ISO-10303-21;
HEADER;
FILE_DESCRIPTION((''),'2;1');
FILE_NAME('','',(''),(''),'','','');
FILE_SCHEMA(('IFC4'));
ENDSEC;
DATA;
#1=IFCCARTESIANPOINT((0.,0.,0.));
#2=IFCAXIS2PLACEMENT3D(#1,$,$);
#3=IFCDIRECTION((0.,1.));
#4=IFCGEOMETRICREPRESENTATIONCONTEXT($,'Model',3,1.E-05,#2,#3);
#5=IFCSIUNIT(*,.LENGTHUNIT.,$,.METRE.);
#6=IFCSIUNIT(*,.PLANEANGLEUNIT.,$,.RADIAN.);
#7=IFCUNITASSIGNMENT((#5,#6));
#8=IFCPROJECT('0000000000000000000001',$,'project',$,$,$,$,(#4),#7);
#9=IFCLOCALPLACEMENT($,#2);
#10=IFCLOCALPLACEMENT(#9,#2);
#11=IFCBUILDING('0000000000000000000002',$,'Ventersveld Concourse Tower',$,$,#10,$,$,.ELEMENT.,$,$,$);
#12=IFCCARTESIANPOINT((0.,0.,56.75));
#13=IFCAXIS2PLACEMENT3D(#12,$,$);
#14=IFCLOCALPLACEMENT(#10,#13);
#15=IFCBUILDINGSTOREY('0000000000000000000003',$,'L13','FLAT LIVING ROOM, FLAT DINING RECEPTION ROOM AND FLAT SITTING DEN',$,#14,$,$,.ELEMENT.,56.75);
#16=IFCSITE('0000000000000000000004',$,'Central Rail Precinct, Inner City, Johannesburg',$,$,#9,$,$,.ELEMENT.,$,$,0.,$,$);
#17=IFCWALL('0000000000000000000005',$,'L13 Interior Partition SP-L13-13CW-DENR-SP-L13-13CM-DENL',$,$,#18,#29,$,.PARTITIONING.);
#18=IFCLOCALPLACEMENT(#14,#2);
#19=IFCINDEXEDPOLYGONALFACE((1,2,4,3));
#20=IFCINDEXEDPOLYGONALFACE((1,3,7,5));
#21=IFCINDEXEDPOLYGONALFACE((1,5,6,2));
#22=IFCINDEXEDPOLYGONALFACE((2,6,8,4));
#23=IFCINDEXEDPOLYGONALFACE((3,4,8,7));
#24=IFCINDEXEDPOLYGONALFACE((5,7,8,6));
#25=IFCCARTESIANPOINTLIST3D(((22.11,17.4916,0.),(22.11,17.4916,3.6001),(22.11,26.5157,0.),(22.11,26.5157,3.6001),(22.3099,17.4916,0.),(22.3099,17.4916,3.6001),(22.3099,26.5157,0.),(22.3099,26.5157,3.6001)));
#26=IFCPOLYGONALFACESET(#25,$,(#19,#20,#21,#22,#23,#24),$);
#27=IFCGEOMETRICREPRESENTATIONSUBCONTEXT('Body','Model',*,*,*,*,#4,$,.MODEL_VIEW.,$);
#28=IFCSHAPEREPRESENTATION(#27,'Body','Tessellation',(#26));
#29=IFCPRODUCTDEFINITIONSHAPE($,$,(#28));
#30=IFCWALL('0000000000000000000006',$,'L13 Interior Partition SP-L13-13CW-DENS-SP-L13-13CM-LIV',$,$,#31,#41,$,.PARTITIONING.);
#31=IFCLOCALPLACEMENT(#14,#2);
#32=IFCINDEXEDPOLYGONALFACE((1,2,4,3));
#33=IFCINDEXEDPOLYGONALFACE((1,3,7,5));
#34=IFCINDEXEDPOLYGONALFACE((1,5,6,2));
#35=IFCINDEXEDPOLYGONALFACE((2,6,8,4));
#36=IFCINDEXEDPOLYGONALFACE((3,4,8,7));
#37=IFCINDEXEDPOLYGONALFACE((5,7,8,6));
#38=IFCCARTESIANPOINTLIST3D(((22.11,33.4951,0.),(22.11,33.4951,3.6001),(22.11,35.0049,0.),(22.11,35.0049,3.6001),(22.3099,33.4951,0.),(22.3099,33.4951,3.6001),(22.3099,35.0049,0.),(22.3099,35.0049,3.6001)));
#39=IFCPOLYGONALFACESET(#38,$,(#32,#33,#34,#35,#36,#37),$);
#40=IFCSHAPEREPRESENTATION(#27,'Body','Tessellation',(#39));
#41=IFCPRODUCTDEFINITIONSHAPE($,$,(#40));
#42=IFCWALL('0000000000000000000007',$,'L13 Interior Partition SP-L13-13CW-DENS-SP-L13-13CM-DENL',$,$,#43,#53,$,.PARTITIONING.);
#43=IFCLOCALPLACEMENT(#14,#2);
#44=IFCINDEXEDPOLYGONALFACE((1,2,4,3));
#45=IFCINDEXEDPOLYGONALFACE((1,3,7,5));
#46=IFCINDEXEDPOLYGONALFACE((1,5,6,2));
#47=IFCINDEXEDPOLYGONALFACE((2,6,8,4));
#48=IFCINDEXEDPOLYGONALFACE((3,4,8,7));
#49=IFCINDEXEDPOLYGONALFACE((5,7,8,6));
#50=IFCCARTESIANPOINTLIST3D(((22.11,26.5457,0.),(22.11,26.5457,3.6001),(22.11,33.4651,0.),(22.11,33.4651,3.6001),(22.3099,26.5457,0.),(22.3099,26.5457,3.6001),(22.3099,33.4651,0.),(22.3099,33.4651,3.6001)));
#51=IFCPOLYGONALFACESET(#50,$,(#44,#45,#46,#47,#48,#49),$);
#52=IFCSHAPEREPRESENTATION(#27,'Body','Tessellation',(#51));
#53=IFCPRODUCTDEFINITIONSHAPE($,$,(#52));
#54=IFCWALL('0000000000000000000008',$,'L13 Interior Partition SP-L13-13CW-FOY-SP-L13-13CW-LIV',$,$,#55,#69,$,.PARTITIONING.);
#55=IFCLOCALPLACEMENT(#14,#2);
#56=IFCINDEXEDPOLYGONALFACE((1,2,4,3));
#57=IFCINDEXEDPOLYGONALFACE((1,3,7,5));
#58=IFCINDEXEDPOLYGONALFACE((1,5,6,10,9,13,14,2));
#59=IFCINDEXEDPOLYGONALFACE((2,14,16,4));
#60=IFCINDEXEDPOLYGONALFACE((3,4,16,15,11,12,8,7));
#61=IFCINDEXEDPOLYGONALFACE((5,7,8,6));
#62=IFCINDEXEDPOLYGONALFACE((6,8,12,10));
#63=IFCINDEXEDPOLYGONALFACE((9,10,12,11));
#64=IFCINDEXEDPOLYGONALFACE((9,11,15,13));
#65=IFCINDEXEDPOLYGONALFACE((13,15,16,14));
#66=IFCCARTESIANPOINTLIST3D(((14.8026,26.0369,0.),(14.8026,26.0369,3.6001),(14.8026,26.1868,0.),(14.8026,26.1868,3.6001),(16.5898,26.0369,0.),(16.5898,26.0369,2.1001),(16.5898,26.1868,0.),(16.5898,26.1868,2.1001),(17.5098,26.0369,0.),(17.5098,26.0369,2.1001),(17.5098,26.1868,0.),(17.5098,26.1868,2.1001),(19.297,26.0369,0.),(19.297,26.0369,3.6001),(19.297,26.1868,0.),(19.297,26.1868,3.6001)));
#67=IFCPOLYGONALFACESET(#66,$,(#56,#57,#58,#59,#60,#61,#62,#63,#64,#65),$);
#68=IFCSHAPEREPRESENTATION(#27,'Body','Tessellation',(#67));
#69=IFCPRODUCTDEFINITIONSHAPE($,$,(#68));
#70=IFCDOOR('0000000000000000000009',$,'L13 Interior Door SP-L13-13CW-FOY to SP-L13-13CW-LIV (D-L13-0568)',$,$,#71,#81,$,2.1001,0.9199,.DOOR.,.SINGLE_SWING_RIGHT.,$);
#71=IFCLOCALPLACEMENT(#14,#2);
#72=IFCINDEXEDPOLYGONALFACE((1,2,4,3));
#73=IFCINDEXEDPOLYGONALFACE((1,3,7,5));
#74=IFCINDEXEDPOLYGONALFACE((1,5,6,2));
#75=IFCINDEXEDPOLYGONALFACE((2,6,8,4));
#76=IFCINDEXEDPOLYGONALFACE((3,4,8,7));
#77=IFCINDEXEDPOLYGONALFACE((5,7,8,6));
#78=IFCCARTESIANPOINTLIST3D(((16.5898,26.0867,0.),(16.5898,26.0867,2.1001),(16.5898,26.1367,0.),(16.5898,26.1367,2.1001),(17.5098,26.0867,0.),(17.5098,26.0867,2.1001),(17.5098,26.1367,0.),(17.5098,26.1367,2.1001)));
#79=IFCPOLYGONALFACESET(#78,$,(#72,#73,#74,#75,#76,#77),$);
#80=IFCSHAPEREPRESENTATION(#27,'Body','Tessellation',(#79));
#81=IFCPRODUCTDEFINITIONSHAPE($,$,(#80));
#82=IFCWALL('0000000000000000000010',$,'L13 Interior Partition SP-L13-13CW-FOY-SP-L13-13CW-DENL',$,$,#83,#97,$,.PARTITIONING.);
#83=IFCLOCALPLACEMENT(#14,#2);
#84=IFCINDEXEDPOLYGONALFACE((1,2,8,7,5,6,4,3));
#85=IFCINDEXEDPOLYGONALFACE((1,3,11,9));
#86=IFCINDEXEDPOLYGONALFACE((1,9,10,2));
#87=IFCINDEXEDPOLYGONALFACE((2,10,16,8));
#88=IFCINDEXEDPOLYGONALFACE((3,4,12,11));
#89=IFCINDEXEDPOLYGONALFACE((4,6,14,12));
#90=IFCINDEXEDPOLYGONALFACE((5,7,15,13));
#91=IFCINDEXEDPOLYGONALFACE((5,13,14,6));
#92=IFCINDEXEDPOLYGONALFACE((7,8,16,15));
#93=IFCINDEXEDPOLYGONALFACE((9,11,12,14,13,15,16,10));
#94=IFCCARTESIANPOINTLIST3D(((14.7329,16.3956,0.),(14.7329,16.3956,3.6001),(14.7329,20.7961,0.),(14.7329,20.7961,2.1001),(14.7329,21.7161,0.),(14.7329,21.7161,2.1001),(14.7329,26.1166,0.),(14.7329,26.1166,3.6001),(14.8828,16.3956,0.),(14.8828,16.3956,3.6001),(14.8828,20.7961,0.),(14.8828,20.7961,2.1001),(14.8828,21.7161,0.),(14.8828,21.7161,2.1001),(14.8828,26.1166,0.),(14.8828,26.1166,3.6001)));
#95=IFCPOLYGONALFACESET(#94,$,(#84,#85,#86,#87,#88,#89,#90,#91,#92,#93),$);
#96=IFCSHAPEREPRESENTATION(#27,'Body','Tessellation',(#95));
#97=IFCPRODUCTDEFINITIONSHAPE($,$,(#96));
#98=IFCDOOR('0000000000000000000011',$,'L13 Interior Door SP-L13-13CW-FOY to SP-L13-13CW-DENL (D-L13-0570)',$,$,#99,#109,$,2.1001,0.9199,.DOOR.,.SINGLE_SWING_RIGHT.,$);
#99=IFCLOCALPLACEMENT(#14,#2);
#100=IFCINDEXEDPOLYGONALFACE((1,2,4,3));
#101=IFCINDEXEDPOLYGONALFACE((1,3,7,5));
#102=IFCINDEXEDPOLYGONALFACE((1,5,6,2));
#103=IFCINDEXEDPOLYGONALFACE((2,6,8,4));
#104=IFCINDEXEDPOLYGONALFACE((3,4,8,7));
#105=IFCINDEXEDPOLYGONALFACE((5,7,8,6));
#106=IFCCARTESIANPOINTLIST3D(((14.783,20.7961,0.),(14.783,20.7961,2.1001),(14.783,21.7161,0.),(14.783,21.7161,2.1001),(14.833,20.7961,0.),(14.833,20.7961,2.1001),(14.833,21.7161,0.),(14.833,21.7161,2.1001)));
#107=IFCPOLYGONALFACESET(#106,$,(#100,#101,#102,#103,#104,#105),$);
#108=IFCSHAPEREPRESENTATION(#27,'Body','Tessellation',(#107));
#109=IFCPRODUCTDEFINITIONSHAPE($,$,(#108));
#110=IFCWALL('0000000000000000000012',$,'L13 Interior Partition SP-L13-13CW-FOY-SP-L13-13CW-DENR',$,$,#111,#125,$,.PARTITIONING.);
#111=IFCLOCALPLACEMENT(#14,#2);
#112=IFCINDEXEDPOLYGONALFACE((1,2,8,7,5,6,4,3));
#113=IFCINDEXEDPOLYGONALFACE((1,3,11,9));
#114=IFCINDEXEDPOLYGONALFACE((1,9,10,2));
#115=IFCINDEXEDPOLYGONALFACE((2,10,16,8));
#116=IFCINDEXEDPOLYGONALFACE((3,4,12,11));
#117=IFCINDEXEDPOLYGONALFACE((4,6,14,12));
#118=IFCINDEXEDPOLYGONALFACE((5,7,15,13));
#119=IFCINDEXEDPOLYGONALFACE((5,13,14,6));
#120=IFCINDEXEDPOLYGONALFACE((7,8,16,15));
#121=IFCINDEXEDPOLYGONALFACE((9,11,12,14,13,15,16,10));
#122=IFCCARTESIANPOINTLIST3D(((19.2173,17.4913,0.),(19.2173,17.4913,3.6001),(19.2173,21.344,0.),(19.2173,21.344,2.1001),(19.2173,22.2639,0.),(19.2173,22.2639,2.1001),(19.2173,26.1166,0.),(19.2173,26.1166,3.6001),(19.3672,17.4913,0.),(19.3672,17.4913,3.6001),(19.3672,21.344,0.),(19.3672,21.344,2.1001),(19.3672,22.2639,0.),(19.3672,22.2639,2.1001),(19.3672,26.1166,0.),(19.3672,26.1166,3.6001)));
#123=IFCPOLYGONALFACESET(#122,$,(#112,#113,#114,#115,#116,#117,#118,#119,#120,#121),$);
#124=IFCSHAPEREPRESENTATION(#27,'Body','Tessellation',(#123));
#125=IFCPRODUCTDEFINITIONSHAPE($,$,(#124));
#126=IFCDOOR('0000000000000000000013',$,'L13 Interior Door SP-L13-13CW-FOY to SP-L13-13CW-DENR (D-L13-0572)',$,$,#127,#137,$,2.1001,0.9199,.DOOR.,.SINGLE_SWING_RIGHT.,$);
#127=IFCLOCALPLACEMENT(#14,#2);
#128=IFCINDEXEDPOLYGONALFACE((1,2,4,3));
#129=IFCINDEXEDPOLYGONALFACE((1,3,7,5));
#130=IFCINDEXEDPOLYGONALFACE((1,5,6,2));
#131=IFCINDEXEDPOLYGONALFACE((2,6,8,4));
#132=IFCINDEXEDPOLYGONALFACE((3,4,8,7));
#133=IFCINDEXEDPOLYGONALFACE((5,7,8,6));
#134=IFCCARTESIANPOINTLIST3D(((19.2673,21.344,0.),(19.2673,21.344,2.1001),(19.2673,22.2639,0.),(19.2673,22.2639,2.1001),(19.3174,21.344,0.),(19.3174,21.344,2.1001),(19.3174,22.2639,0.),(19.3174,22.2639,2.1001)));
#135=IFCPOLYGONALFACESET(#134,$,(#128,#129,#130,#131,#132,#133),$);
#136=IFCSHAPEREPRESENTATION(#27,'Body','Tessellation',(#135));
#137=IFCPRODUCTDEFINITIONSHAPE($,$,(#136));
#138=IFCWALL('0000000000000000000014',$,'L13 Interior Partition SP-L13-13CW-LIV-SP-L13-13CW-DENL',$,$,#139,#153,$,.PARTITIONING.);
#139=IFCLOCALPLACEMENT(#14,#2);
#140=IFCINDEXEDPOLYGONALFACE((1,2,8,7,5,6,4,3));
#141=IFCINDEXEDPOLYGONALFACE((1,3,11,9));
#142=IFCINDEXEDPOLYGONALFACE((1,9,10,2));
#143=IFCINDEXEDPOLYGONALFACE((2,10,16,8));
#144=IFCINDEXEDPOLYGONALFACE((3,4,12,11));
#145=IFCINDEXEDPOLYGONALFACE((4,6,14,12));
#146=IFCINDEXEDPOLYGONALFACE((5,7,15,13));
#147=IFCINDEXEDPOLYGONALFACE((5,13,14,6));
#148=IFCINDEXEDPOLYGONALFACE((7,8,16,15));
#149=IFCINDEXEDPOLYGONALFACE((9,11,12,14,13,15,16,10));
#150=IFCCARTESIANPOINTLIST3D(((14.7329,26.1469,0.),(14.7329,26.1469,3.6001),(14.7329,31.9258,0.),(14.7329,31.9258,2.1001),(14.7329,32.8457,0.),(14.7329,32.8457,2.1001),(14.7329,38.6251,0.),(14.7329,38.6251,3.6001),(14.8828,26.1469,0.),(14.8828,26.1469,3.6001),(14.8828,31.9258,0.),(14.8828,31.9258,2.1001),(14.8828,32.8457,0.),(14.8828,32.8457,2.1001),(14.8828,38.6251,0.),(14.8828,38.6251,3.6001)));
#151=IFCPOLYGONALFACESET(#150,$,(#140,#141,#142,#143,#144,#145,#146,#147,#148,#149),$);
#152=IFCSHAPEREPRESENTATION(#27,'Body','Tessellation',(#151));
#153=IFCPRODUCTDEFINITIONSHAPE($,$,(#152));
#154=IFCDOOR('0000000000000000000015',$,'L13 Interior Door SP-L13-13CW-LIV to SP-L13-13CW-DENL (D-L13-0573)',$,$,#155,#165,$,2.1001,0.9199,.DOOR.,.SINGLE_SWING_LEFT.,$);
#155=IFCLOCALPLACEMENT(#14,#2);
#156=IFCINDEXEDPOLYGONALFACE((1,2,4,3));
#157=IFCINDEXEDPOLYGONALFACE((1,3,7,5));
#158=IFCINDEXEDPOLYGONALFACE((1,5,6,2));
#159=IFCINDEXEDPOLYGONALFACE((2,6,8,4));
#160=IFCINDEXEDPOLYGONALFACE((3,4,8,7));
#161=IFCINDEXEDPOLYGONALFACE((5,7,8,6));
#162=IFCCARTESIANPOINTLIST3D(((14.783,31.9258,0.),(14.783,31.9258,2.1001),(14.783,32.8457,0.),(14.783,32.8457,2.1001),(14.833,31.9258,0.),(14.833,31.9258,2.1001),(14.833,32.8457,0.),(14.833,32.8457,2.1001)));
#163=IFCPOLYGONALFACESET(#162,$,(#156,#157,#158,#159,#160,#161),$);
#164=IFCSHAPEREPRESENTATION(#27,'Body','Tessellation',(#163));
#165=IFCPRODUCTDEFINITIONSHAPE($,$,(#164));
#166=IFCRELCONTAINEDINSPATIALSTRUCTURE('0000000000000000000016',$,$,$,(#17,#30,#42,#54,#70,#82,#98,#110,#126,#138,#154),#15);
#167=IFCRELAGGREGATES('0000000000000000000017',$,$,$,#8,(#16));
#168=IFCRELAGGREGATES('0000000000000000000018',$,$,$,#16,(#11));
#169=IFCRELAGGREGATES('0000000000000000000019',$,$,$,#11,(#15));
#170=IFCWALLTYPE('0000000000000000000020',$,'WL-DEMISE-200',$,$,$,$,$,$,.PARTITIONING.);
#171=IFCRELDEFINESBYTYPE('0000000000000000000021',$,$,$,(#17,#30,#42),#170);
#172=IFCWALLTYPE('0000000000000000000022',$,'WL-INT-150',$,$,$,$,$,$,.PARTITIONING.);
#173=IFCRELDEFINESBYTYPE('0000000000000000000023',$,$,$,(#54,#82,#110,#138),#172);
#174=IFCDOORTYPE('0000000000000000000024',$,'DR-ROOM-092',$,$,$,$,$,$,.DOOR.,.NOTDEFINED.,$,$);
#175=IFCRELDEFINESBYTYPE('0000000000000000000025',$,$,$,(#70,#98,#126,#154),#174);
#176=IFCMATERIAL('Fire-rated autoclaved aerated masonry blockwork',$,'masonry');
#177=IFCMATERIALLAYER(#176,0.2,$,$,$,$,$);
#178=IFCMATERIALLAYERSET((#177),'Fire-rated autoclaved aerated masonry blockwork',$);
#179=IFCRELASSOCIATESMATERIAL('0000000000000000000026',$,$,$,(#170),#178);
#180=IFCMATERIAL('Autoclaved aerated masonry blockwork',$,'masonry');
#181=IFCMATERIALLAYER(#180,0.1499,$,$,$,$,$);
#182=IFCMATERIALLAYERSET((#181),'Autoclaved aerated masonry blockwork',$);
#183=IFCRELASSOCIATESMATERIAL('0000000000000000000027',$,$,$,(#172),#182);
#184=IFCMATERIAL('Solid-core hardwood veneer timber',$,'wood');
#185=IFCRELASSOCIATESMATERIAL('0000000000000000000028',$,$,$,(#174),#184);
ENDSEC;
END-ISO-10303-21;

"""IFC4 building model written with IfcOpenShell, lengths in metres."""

from ifc_helpers import new_model, si_unit, direction, frame, frame_2d, origin, place, context, subcontext, project, spatial, rectangle, extrude, material, layer, layer_set, type_object, element, fill, save


model = new_model("IFC4")

# Units and contexts
model_context = context("Model", 3, precision=1e-05, world=origin(), true_north=direction((0.0, 1.0)))
body_context = subcontext(model_context, "Body", "Model", "MODEL_VIEW")
ifc_project = project(units=[si_unit("LENGTHUNIT", "METRE"), si_unit("PLANEANGLEUNIT", "RADIAN")], contexts=[model_context])

# Site, building, storey
site_placement = place(None, origin())
site = spatial("IfcSite", under=ifc_project, at=site_placement, Name="Central Rail Precinct, Inner City, Johannesburg", CompositionType="ELEMENT", RefElevation=0.0)
building_placement = place(site_placement, origin())
building = spatial("IfcBuilding", under=site, at=building_placement, Name="Ventersveld Concourse Tower", CompositionType="ELEMENT")
storey_placement = place(building_placement, frame((0.0, 0.0, 56.75)))
storey = spatial("IfcBuildingStorey", under=building, at=storey_placement, Name="L13", Description="FLAT LIVING ROOM, FLAT DINING RECEPTION ROOM AND FLAT SITTING DEN", CompositionType="ELEMENT", Elevation=56.75)

# Walls
ifc_material_1 = material(Name="Fire-rated autoclaved aerated masonry blockwork", Category="masonry")
ifc_layer_1 = layer(ifc_material_1, 0.2)
ifc_layer_set_1 = layer_set([ifc_layer_1], Name="Fire-rated autoclaved aerated masonry blockwork")
wall_type_1 = type_object("IfcWallType", Name="WL-DEMISE-200", PredefinedType="PARTITIONING", material=ifc_layer_set_1)
wall_1_placement = place(storey_placement, frame((22.21, 17.4915, 0.0), z_axis=(0.0, 0.0, 1.0), x_axis=(0.0, 1.0, 0.0)))
element("IfcWall", 1, at=wall_1_placement, inside=storey, type_object=wall_type_1, Name="L13 Interior Partition SP-L13-13CW-DENR-SP-L13-13CM-DENL", PredefinedType="PARTITIONING", context=body_context, shape_type="SweptSolid", body=[
    extrude(rectangle(XDim=9.0242, YDim=0.2, at=frame_2d((4.5122, 0.0))), origin(), (0.0, 0.0, 1.0), 3.6001),
])
wall_2_placement = place(storey_placement, frame((22.21, 33.4951, 0.0), z_axis=(0.0, 0.0, 1.0), x_axis=(0.0, 1.0, 0.0)))
element("IfcWall", 2, at=wall_2_placement, inside=storey, type_object=wall_type_1, Name="L13 Interior Partition SP-L13-13CW-DENS-SP-L13-13CM-LIV", PredefinedType="PARTITIONING", context=body_context, shape_type="SweptSolid", body=[
    extrude(rectangle(XDim=1.5098, YDim=0.2, at=frame_2d((0.7549, 0.0))), origin(), (0.0, 0.0, 1.0), 3.6001),
])
wall_3_placement = place(storey_placement, frame((22.21, 26.5457, 0.0), z_axis=(0.0, 0.0, 1.0), x_axis=(0.0, 1.0, 0.0)))
element("IfcWall", 3, at=wall_3_placement, inside=storey, type_object=wall_type_1, Name="L13 Interior Partition SP-L13-13CW-DENS-SP-L13-13CM-DENL", PredefinedType="PARTITIONING", context=body_context, shape_type="SweptSolid", body=[
    extrude(rectangle(XDim=6.9194, YDim=0.2, at=frame_2d((3.4597, 0.0))), origin(), (0.0, 0.0, 1.0), 3.6001),
])

# Walls, openings, doors
ifc_material_2 = material(Name="Autoclaved aerated masonry blockwork", Category="masonry")
ifc_layer_2 = layer(ifc_material_2, 0.1499)
ifc_layer_set_2 = layer_set([ifc_layer_2], Name="Autoclaved aerated masonry blockwork")
wall_type_2 = type_object("IfcWallType", Name="WL-INT-150", PredefinedType="PARTITIONING", material=ifc_layer_set_2)
wall_4_placement = place(storey_placement, frame((14.8027, 26.1118, 0.0), z_axis=(0.0, 0.0, 1.0), x_axis=(1.0, 0.0, 0.0)))
wall_4 = element("IfcWall", 4, at=wall_4_placement, inside=storey, type_object=wall_type_2, Name="L13 Interior Partition SP-L13-13CW-FOY-SP-L13-13CW-LIV", PredefinedType="PARTITIONING", context=body_context, shape_type="SweptSolid", body=[
    extrude(rectangle(XDim=4.4944, YDim=0.1499, at=frame_2d((2.2471, 0.0))), origin(), (0.0, 0.0, 1.0), 3.6001),
])
opening_1_placement = place(wall_4_placement, frame((1.7871, 0.0, 0.0)))
opening_1 = element("IfcOpeningElement", 5, at=opening_1_placement, cuts=wall_4, PredefinedType="OPENING", context=body_context, shape_type="SweptSolid", body=[
    extrude(rectangle(XDim=0.9199, YDim=2.1001, at=frame_2d((0.46, 1.05))), frame((0.0, 0.085, 0.0), z_axis=(0.0, -1.0, 0.0), x_axis=(1.0, 0.0, 0.0)), (0.0, 0.0, 1.0), 0.1699),
])
ifc_material_3 = material(Name="Solid-core hardwood veneer timber", Category="wood")
door_type = type_object("IfcDoorType", Name="DR-ROOM-092", OperationType="NOTDEFINED", PredefinedType="DOOR", material=ifc_material_3)
door_1_placement = place(opening_1_placement, origin())
door_1 = element("IfcDoor", 6, at=door_1_placement, inside=storey, type_object=door_type, Name="L13 Interior Door SP-L13-13CW-FOY to SP-L13-13CW-LIV (D-L13-0568)", OperationType="SINGLE_SWING_RIGHT", OverallHeight=2.1001, OverallWidth=0.9199, PredefinedType="DOOR", context=body_context, shape_type="SweptSolid", body=[
    extrude(rectangle(XDim=0.9199, YDim=2.1001, at=frame_2d((0.46, 1.05))), frame((0.0, 0.0249, 0.0), z_axis=(0.0, -1.0, 0.0), x_axis=(1.0, 0.0, 0.0)), (0.0, 0.0, 1.0), 0.05),
])
fill(opening_1, door_1)
wall_5_placement = place(storey_placement, frame((14.8079, 16.3958, 0.0), z_axis=(0.0, 0.0, 1.0), x_axis=(0.0, 1.0, 0.0)))
wall_5 = element("IfcWall", 7, at=wall_5_placement, inside=storey, type_object=wall_type_2, Name="L13 Interior Partition SP-L13-13CW-FOY-SP-L13-13CW-DENL", PredefinedType="PARTITIONING", context=body_context, shape_type="SweptSolid", body=[
    extrude(rectangle(XDim=9.7209, YDim=0.1499, at=frame_2d((4.8604, 0.0))), origin(), (0.0, 0.0, 1.0), 3.6001),
])
opening_2_placement = place(wall_5_placement, frame((4.4004, 0.0, 0.0)))
opening_2 = element("IfcOpeningElement", 8, at=opening_2_placement, cuts=wall_5, PredefinedType="OPENING", context=body_context, shape_type="SweptSolid", body=[
    extrude(rectangle(XDim=0.9199, YDim=2.1001, at=frame_2d((0.46, 1.05))), frame((0.0, 0.085, 0.0), z_axis=(0.0, -1.0, 0.0), x_axis=(1.0, 0.0, 0.0)), (0.0, 0.0, 1.0), 0.1699),
])
door_2_placement = place(opening_2_placement, origin())
door_2 = element("IfcDoor", 9, at=door_2_placement, inside=storey, type_object=door_type, Name="L13 Interior Door SP-L13-13CW-FOY to SP-L13-13CW-DENL (D-L13-0570)", OperationType="SINGLE_SWING_RIGHT", OverallHeight=2.1001, OverallWidth=0.9199, PredefinedType="DOOR", context=body_context, shape_type="SweptSolid", body=[
    extrude(rectangle(XDim=0.9199, YDim=2.1001, at=frame_2d((0.46, 1.05))), frame((0.0, 0.0249, 0.0), z_axis=(0.0, -1.0, 0.0), x_axis=(1.0, 0.0, 0.0)), (0.0, 0.0, 1.0), 0.05),
])
fill(opening_2, door_2)
wall_6_placement = place(storey_placement, frame((19.2922, 17.4915, 0.0), z_axis=(0.0, 0.0, 1.0), x_axis=(0.0, 1.0, 0.0)))
wall_6 = element("IfcWall", 10, at=wall_6_placement, inside=storey, type_object=wall_type_2, Name="L13 Interior Partition SP-L13-13CW-FOY-SP-L13-13CW-DENR", PredefinedType="PARTITIONING", context=body_context, shape_type="SweptSolid", body=[
    extrude(rectangle(XDim=8.6252, YDim=0.1499, at=frame_2d((4.3125, 0.0))), origin(), (0.0, 0.0, 1.0), 3.6001),
])
opening_3_placement = place(wall_6_placement, frame((3.8525, 0.0, 0.0)))
opening_3 = element("IfcOpeningElement", 11, at=opening_3_placement, cuts=wall_6, PredefinedType="OPENING", context=body_context, shape_type="SweptSolid", body=[
    extrude(rectangle(XDim=0.9199, YDim=2.1001, at=frame_2d((0.46, 1.05))), frame((0.0, 0.085, 0.0), z_axis=(0.0, -1.0, 0.0), x_axis=(1.0, 0.0, 0.0)), (0.0, 0.0, 1.0), 0.1699),
])
door_3_placement = place(opening_3_placement, origin())
door_3 = element("IfcDoor", 12, at=door_3_placement, inside=storey, type_object=door_type, Name="L13 Interior Door SP-L13-13CW-FOY to SP-L13-13CW-DENR (D-L13-0572)", OperationType="SINGLE_SWING_RIGHT", OverallHeight=2.1001, OverallWidth=0.9199, PredefinedType="DOOR", context=body_context, shape_type="SweptSolid", body=[
    extrude(rectangle(XDim=0.9199, YDim=2.1001, at=frame_2d((0.46, 1.05))), frame((0.0, 0.0249, 0.0), z_axis=(0.0, -1.0, 0.0), x_axis=(1.0, 0.0, 0.0)), (0.0, 0.0, 1.0), 0.05),
])
fill(opening_3, door_3)
wall_7_placement = place(storey_placement, frame((14.8079, 26.1467, 0.0), z_axis=(0.0, 0.0, 1.0), x_axis=(0.0, 1.0, 0.0)))
wall_7 = element("IfcWall", 13, at=wall_7_placement, inside=storey, type_object=wall_type_2, Name="L13 Interior Partition SP-L13-13CW-LIV-SP-L13-13CW-DENL", PredefinedType="PARTITIONING", context=body_context, shape_type="SweptSolid", body=[
    extrude(rectangle(XDim=12.4783, YDim=0.1499, at=frame_2d((6.2393, 0.0))), origin(), (0.0, 0.0, 1.0), 3.6001),
])
opening_4_placement = place(wall_7_placement, frame((5.7791, 0.0, 0.0)))
opening_4 = element("IfcOpeningElement", 14, at=opening_4_placement, cuts=wall_7, PredefinedType="OPENING", context=body_context, shape_type="SweptSolid", body=[
    extrude(rectangle(XDim=0.9199, YDim=2.1001, at=frame_2d((0.46, 1.05))), frame((0.0, 0.085, 0.0), z_axis=(0.0, -1.0, 0.0), x_axis=(1.0, 0.0, 0.0)), (0.0, 0.0, 1.0), 0.1699),
])
door_4_placement = place(opening_4_placement, origin())
door_4 = element("IfcDoor", 15, at=door_4_placement, inside=storey, type_object=door_type, Name="L13 Interior Door SP-L13-13CW-LIV to SP-L13-13CW-DENL (D-L13-0573)", OperationType="SINGLE_SWING_LEFT", OverallHeight=2.1001, OverallWidth=0.9199, PredefinedType="DOOR", context=body_context, shape_type="SweptSolid", body=[
    extrude(rectangle(XDim=0.9199, YDim=2.1001, at=frame_2d((0.46, 1.05))), frame((0.0, 0.0249, 0.0), z_axis=(0.0, -1.0, 0.0), x_axis=(1.0, 0.0, 0.0)), (0.0, 0.0, 1.0), 0.05),
])
fill(opening_4, door_4)

save(model, "model.ifc")
